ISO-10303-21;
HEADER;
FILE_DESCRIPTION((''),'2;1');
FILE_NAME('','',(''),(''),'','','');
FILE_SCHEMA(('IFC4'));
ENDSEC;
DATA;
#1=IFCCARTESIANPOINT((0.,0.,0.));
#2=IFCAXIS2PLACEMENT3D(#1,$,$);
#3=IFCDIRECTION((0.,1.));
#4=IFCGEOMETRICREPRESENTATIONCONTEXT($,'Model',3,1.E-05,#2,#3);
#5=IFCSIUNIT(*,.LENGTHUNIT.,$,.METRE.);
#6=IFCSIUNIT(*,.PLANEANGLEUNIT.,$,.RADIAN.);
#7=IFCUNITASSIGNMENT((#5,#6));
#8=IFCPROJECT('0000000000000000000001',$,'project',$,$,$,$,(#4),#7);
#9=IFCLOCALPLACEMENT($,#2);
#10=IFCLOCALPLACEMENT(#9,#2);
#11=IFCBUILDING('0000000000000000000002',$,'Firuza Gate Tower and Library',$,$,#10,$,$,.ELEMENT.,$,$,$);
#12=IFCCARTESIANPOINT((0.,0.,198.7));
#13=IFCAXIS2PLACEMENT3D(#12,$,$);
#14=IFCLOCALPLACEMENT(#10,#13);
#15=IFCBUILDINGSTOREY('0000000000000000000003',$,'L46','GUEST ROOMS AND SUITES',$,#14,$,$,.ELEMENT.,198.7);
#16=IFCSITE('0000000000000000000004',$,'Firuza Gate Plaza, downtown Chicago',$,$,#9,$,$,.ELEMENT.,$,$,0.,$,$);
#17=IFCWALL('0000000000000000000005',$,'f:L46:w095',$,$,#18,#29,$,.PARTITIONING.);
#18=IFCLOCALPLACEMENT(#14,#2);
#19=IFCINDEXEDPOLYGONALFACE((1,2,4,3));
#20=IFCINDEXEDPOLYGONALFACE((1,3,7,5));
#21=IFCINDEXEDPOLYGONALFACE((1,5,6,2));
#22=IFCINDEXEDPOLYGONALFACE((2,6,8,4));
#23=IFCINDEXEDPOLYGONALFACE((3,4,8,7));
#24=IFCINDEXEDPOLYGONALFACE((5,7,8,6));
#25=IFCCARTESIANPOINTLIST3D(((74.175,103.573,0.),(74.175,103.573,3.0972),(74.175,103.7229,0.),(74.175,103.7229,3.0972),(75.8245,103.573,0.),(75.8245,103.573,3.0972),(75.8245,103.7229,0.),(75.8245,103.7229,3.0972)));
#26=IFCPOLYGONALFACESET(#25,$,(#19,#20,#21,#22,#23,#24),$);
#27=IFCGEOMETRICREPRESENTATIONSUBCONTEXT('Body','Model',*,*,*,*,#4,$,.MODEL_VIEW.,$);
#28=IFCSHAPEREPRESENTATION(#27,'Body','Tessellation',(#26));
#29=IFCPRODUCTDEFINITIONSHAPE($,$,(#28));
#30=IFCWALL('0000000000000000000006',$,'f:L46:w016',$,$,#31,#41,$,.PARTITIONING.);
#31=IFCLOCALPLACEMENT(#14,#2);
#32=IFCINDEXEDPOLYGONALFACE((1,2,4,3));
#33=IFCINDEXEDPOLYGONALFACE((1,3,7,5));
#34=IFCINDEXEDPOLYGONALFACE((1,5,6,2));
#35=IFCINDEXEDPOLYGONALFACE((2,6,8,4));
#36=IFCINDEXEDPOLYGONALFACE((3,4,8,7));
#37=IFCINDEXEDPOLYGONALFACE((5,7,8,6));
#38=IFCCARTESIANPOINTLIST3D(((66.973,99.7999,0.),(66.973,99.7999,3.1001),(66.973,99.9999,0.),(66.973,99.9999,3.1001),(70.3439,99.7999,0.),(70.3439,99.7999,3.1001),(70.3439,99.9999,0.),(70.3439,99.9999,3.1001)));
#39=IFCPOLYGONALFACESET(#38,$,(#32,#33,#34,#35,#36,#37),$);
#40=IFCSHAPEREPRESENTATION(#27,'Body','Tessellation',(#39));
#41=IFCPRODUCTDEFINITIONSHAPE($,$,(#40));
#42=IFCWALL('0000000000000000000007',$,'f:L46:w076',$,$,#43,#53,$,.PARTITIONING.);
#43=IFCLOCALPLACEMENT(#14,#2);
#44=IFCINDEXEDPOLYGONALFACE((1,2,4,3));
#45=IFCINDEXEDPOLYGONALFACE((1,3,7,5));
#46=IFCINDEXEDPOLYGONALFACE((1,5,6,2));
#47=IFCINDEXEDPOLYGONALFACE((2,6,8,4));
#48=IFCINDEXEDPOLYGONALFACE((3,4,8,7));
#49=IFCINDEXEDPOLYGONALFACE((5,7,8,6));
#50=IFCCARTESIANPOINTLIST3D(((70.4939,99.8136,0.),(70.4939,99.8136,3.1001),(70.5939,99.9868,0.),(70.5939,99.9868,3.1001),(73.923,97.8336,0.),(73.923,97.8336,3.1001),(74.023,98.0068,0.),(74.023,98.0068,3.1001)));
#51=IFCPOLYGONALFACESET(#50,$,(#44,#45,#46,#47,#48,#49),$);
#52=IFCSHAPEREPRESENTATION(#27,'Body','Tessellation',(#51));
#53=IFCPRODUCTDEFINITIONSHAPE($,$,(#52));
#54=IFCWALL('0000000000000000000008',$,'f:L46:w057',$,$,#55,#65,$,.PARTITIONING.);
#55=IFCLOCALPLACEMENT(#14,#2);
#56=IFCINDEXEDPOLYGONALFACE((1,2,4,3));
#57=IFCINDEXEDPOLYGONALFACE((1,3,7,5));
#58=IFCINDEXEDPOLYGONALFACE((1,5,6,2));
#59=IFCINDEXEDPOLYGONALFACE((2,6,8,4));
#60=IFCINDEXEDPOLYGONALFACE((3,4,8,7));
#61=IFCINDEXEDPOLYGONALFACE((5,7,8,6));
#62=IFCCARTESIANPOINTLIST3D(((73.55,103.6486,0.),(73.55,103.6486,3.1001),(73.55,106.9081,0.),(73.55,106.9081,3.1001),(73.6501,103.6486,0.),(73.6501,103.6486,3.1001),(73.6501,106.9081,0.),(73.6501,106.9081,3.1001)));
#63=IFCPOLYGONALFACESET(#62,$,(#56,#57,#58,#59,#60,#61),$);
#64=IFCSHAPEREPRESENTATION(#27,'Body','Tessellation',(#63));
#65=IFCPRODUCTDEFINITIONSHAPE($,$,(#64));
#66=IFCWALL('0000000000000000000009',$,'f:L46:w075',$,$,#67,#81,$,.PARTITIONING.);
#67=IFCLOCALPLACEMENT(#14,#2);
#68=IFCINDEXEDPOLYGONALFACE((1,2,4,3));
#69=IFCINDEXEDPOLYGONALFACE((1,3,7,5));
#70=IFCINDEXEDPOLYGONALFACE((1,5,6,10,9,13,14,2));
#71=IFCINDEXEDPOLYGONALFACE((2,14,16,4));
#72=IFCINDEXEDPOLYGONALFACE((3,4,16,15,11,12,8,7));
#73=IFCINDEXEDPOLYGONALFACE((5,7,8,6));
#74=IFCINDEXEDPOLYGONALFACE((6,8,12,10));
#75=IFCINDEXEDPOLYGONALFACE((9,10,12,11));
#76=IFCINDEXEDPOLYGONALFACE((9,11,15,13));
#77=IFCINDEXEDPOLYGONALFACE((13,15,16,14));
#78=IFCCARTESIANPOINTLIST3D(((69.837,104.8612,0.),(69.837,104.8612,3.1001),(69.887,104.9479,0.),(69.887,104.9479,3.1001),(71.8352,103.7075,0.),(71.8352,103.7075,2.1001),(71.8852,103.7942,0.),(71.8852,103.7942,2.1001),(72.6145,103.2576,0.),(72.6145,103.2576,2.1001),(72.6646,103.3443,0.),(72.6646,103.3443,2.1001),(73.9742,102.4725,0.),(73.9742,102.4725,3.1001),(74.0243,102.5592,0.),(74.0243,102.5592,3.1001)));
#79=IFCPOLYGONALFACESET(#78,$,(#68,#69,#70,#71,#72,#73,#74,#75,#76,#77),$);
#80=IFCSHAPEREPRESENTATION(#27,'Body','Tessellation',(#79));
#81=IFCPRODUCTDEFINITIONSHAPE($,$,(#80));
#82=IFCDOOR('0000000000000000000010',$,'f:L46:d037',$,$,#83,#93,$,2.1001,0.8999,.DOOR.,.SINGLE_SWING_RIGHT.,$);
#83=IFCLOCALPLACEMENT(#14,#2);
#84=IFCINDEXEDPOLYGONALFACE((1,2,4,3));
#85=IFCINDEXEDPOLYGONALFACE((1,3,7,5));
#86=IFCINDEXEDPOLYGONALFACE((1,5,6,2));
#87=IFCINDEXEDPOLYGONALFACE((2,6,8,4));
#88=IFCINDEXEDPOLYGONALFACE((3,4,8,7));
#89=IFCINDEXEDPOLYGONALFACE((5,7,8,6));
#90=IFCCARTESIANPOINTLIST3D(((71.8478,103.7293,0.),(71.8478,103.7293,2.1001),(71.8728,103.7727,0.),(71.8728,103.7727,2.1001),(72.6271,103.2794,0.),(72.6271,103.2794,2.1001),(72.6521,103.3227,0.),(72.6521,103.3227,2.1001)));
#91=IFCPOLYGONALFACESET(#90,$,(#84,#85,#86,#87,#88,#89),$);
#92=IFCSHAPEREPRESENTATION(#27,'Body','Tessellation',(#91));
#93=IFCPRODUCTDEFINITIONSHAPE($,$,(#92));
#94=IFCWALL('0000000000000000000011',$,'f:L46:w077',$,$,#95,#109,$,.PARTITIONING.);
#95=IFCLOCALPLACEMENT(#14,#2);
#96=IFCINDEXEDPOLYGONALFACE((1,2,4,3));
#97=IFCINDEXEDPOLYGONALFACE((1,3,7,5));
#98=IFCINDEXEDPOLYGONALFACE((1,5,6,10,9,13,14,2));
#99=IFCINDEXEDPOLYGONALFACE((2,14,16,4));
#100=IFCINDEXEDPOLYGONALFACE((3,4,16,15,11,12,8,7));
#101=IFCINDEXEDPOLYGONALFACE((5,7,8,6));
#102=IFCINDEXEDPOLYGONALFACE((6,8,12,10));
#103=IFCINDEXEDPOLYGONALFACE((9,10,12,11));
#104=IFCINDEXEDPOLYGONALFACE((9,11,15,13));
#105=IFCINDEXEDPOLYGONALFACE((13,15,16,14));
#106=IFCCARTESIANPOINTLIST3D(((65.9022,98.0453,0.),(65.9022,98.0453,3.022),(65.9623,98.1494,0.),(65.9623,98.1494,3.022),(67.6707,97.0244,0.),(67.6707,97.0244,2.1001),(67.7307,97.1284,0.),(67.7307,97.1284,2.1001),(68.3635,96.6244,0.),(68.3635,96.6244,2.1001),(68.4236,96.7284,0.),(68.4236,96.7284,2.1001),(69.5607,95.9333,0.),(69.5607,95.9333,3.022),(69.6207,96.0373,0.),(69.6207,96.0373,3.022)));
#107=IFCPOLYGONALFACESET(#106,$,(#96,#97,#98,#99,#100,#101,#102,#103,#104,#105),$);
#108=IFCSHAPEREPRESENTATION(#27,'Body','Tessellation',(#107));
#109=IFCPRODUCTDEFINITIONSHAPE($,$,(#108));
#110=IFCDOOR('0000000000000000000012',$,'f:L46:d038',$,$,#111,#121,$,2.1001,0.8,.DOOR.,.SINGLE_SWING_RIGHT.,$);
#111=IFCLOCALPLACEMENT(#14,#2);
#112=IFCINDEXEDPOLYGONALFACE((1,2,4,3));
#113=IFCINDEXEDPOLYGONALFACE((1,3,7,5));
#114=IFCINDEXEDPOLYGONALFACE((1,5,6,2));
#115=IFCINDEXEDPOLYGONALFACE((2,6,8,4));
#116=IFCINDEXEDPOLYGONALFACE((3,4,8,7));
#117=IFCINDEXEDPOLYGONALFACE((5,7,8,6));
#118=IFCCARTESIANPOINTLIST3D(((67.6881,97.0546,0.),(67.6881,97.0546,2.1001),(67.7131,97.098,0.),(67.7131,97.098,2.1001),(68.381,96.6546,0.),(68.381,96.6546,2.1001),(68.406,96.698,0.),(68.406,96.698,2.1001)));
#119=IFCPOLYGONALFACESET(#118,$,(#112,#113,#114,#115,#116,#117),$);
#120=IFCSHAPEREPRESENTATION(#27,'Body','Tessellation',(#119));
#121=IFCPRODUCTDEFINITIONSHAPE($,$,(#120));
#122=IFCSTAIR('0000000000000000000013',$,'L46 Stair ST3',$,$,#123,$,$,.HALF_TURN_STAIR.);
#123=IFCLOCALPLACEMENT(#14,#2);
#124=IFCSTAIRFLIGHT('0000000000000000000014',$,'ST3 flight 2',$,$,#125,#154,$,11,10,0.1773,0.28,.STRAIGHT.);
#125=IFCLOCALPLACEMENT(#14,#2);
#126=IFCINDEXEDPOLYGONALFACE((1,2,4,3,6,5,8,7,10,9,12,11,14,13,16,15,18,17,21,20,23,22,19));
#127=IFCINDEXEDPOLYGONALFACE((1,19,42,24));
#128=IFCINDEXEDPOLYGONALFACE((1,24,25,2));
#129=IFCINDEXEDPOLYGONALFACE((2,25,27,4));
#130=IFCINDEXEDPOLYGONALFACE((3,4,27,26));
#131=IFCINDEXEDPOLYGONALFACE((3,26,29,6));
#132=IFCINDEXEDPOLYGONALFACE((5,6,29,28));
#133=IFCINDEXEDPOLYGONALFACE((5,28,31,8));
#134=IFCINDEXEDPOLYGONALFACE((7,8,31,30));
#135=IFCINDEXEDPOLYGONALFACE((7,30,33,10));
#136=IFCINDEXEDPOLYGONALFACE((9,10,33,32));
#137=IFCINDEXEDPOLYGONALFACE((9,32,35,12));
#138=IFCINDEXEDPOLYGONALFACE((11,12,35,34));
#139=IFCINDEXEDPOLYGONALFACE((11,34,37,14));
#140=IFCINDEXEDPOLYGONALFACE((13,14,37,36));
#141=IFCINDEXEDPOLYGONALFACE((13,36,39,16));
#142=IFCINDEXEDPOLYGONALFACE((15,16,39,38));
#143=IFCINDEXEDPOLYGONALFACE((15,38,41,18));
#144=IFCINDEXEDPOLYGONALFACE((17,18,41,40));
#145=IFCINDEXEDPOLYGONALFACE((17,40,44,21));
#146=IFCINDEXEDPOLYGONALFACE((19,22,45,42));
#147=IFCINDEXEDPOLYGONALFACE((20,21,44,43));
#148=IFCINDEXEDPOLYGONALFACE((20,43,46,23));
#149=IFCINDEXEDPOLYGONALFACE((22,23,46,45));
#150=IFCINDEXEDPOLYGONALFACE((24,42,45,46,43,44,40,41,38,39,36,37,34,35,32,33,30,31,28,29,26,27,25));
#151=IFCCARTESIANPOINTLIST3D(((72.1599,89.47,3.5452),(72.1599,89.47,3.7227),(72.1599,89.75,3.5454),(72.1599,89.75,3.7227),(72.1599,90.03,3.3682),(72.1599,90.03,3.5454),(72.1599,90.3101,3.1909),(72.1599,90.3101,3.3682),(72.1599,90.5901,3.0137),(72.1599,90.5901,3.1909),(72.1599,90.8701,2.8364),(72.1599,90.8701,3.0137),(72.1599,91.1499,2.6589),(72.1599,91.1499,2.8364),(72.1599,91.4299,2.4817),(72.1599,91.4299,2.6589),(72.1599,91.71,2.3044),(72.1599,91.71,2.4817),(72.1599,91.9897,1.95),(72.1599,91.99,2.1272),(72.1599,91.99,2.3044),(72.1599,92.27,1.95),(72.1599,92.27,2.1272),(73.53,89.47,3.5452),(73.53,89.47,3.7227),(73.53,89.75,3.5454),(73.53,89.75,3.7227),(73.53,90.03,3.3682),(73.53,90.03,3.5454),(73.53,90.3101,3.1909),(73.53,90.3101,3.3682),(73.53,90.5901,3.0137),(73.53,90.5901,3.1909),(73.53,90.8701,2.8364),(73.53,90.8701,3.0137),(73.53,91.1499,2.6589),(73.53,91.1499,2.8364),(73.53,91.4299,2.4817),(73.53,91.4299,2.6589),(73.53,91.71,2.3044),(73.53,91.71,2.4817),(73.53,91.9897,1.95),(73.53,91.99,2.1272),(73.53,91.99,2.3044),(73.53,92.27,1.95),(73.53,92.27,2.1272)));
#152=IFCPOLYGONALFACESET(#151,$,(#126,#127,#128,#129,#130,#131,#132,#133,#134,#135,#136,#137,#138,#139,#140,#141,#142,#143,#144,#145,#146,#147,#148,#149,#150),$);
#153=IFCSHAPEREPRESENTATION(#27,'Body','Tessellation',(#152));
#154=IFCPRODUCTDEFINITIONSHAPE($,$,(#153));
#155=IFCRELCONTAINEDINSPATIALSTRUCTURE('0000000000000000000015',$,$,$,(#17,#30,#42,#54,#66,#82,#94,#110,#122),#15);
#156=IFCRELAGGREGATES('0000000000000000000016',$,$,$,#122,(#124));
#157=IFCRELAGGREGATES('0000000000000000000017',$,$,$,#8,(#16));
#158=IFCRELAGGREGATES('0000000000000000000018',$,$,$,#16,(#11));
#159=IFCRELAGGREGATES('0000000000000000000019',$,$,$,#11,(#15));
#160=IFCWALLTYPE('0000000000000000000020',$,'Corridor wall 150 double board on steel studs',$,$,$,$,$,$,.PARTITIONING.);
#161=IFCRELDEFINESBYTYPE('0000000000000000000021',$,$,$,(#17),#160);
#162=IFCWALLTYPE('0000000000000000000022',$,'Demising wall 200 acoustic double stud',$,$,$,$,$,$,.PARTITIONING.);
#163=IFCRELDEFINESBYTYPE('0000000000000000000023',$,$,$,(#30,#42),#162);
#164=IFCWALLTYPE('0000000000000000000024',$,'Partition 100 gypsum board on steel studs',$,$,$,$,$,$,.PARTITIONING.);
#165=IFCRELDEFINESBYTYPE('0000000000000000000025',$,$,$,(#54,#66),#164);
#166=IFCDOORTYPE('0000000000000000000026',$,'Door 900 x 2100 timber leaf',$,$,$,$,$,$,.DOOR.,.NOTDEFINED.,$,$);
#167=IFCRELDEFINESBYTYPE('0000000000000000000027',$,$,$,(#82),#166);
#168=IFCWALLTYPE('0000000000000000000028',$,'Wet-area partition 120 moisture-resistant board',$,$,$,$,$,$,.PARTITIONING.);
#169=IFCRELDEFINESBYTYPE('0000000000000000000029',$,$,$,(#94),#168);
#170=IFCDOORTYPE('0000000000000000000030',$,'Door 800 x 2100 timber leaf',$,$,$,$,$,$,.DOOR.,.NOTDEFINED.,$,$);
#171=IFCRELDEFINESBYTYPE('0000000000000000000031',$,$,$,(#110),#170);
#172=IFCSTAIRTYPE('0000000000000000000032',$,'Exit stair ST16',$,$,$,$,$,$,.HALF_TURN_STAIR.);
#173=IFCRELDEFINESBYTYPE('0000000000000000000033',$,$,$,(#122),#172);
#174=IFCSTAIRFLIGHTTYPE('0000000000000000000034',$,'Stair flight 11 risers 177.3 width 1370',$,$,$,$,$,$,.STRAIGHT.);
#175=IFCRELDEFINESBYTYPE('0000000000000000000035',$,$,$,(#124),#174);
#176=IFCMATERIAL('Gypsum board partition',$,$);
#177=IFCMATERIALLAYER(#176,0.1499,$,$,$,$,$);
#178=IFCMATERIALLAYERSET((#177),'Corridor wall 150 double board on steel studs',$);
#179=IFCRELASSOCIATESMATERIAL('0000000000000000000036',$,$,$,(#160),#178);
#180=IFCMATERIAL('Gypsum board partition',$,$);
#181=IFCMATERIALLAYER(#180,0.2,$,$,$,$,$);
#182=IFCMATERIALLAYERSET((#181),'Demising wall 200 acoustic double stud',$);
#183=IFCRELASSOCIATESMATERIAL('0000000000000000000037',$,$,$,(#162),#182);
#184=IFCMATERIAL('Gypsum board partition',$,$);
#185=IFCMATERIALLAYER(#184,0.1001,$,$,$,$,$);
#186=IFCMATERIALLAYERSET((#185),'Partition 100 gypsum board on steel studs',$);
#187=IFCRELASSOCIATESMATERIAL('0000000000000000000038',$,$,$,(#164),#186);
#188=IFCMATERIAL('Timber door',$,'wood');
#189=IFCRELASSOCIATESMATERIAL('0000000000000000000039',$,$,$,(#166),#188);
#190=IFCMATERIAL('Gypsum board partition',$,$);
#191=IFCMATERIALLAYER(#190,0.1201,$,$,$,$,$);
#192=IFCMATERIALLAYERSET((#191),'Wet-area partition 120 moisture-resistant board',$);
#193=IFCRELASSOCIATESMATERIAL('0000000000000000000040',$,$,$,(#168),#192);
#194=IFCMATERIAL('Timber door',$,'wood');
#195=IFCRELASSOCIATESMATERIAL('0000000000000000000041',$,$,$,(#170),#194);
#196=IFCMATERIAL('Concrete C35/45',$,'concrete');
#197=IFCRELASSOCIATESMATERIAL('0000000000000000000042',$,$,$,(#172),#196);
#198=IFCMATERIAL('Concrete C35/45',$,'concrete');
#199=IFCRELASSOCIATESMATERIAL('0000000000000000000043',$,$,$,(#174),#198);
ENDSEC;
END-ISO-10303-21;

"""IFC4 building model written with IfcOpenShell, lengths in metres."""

from ifc_helpers import new_model, si_unit, direction, frame, frame_2d, origin, place, context, subcontext, project, spatial, polyline, rectangle, outline, extrude, material, layer, layer_set, type_object, element, fill, aggregate, save


model = new_model("IFC4")

# Units and contexts
model_context = context("Model", 3, precision=1e-05, world=origin(), true_north=direction((0.0, 1.0)))
body_context = subcontext(model_context, "Body", "Model", "MODEL_VIEW")
ifc_project = project(units=[si_unit("LENGTHUNIT", "METRE"), si_unit("PLANEANGLEUNIT", "RADIAN")], contexts=[model_context])

# Site, building, storey
site_placement = place(None, origin())
site = spatial("IfcSite", under=ifc_project, at=site_placement, Name="Firuza Gate Plaza, downtown Chicago", CompositionType="ELEMENT", RefElevation=0.0)
building_placement = place(site_placement, origin())
building = spatial("IfcBuilding", under=site, at=building_placement, Name="Firuza Gate Tower and Library", CompositionType="ELEMENT")
storey_placement = place(building_placement, frame((0.0, 0.0, 198.7)))
storey = spatial("IfcBuildingStorey", under=building, at=storey_placement, Name="L46", Description="GUEST ROOMS AND SUITES", CompositionType="ELEMENT", Elevation=198.7)

# Shared definitions
ifc_material_1 = material(Name="Gypsum board partition")
ifc_layer_1 = layer(ifc_material_1, 0.1499)
ifc_layer_set_1 = layer_set([ifc_layer_1], Name="Corridor wall 150 double board on steel studs")
wall_type_1 = type_object("IfcWallType", Name="Corridor wall 150 double board on steel studs", PredefinedType="PARTITIONING", material=ifc_layer_set_1)

# Walls
wall_1_placement = place(storey_placement, frame((74.175, 103.6479, 0.0), z_axis=(0.0, 0.0, 1.0), x_axis=(1.0, 0.0, 0.0)))
element("IfcWall", 1, at=wall_1_placement, inside=storey, type_object=wall_type_1, Name="f:L46:w095", PredefinedType="PARTITIONING", context=body_context, shape_type="SweptSolid", body=[
    extrude(rectangle(XDim=1.6494, YDim=0.1499, at=frame_2d((0.8247, 0.0))), origin(), (0.0, 0.0, 1.0), 3.0972),
])
ifc_material_2 = material(Name="Gypsum board partition")
ifc_layer_2 = layer(ifc_material_2, 0.2)
ifc_layer_set_2 = layer_set([ifc_layer_2], Name="Demising wall 200 acoustic double stud")
wall_type_2 = type_object("IfcWallType", Name="Demising wall 200 acoustic double stud", PredefinedType="PARTITIONING", material=ifc_layer_set_2)
wall_2_placement = place(storey_placement, frame((66.9729, 99.8999, 0.0), z_axis=(0.0, 0.0, 1.0), x_axis=(1.0, 0.0, 0.0)))
element("IfcWall", 2, at=wall_2_placement, inside=storey, type_object=wall_type_2, Name="f:L46:w016", PredefinedType="PARTITIONING", context=body_context, shape_type="SweptSolid", body=[
    extrude(rectangle(XDim=3.3708, YDim=0.2, at=frame_2d((1.6855, 0.0))), origin(), (0.0, 0.0, 1.0), 3.1001),
])
wall_3_placement = place(storey_placement, frame((73.9731, 97.9202, 0.0), z_axis=(0.0, 0.0, 1.0), x_axis=(-0.866011, 0.500025, 0.0)))
element("IfcWall", 3, at=wall_3_placement, inside=storey, type_object=wall_type_2, Name="f:L46:w076", PredefinedType="PARTITIONING", context=body_context, shape_type="SweptSolid", body=[
    extrude(rectangle(XDim=3.9597, YDim=0.2, at=frame_2d((1.98, 0.0))), origin(), (0.0, 0.0, 1.0), 3.1001),
])
ifc_material_3 = material(Name="Gypsum board partition")
ifc_layer_3 = layer(ifc_material_3, 0.1001)
ifc_layer_set_3 = layer_set([ifc_layer_3], Name="Partition 100 gypsum board on steel studs")
wall_type_3 = type_object("IfcWallType", Name="Partition 100 gypsum board on steel studs", PredefinedType="PARTITIONING", material=ifc_layer_set_3)
wall_4_placement = place(storey_placement, frame((73.6001, 103.6484, 0.0), z_axis=(0.0, 0.0, 1.0), x_axis=(0.0, 1.0, 0.0)))
element("IfcWall", 4, at=wall_4_placement, inside=storey, type_object=wall_type_3, Name="f:L46:w057", PredefinedType="PARTITIONING", context=body_context, shape_type="SweptSolid", body=[
    extrude(rectangle(XDim=3.2595, YDim=0.1001, at=frame_2d((1.6299, 0.0))), origin(), (0.0, 0.0, 1.0), 3.1001),
])

# Walls, openings, doors
wall_5_placement = place(storey_placement, frame((73.9993, 102.5159, 0.0), z_axis=(0.0, 0.0, 1.0), x_axis=(-0.86602, 0.500009, 0.0)))
wall_5 = element("IfcWall", 5, at=wall_5_placement, inside=storey, type_object=wall_type_3, Name="f:L46:w075", PredefinedType="PARTITIONING", context=body_context, shape_type="SweptSolid", body=[
    extrude(rectangle(XDim=4.7773, YDim=0.1001, at=frame_2d((2.3887, 0.0))), origin(), (0.0, 0.0, 1.0), 3.1001),
])
opening_1_placement = place(wall_5_placement, frame((1.5701, 0.0, 0.0)))
opening_1 = element("IfcOpeningElement", 6, at=opening_1_placement, cuts=wall_5, PredefinedType="OPENING", context=body_context, shape_type="SweptSolid", body=[
    extrude(rectangle(XDim=0.8999, YDim=2.1001, at=frame_2d((0.45, 1.05))), frame((0.0, 0.0601, 0.0), z_axis=(0.0, -1.0, 0.0), x_axis=(1.0, 0.0, 0.0)), (0.0, 0.0, 1.0), 0.1201),
])
ifc_material_4 = material(Name="Timber door", Category="wood")
door_type_1 = type_object("IfcDoorType", Name="Door 900 x 2100 timber leaf", OperationType="NOTDEFINED", PredefinedType="DOOR", material=ifc_material_4)
door_1_placement = place(opening_1_placement, origin())
door_1 = element("IfcDoor", 7, at=door_1_placement, inside=storey, type_object=door_type_1, Name="f:L46:d037", OperationType="SINGLE_SWING_RIGHT", OverallHeight=2.1001, OverallWidth=0.8999, PredefinedType="DOOR", context=body_context, shape_type="SweptSolid", body=[
    extrude(rectangle(XDim=0.8999, YDim=2.1001, at=frame_2d((0.45, 1.05))), frame((0.0, 0.0249, 0.0), z_axis=(0.0, -1.0, 0.0), x_axis=(1.0, 0.0, 0.0)), (0.0, 0.0, 1.0), 0.05),
])
fill(opening_1, door_1)
ifc_material_5 = material(Name="Gypsum board partition")
ifc_layer_4 = layer(ifc_material_5, 0.1201)
ifc_layer_set_4 = layer_set([ifc_layer_4], Name="Wet-area partition 120 moisture-resistant board")
wall_type_4 = type_object("IfcWallType", Name="Wet-area partition 120 moisture-resistant board", PredefinedType="PARTITIONING", material=ifc_layer_set_4)
wall_6_placement = place(storey_placement, frame((65.9321, 98.0974, 0.0), z_axis=(0.0, 0.0, 1.0), x_axis=(0.86604, -0.499974, 0.0)))
wall_6 = element("IfcWall", 8, at=wall_6_placement, inside=storey, type_object=wall_type_4, Name="f:L46:w077", PredefinedType="PARTITIONING", context=body_context, shape_type="SweptSolid", body=[
    extrude(rectangle(XDim=4.2244, YDim=0.1201, at=frame_2d((2.1123, 0.0))), origin(), (0.0, 0.0, 1.0), 3.022),
])
opening_2_placement = place(wall_6_placement, frame((2.0422, 0.0, 0.0)))
opening_2 = element("IfcOpeningElement", 9, at=opening_2_placement, cuts=wall_6, PredefinedType="OPENING", context=body_context, shape_type="SweptSolid", body=[
    extrude(rectangle(XDim=0.8, YDim=2.1001, at=frame_2d((0.3999, 1.05))), frame((0.0, 0.0701, 0.0), z_axis=(0.0, -1.0, 0.0), x_axis=(1.0, 0.0, 0.0)), (0.0, 0.0, 1.0), 0.1401),
])
ifc_material_6 = material(Name="Timber door", Category="wood")
door_type_2 = type_object("IfcDoorType", Name="Door 800 x 2100 timber leaf", OperationType="NOTDEFINED", PredefinedType="DOOR", material=ifc_material_6)
door_2_placement = place(opening_2_placement, origin())
door_2 = element("IfcDoor", 10, at=door_2_placement, inside=storey, type_object=door_type_2, Name="f:L46:d038", OperationType="SINGLE_SWING_RIGHT", OverallHeight=2.1001, OverallWidth=0.8, PredefinedType="DOOR", context=body_context, shape_type="SweptSolid", body=[
    extrude(rectangle(XDim=0.8, YDim=2.1001, at=frame_2d((0.3999, 1.05))), frame((0.0, 0.0249, 0.0), z_axis=(0.0, -1.0, 0.0), x_axis=(1.0, 0.0, 0.0)), (0.0, 0.0, 1.0), 0.05),
])
fill(opening_2, door_2)

# Stair, stair flight
ifc_material_7 = material(Name="Concrete C35/45", Category="concrete")
stair_type = type_object("IfcStairType", Name="Exit stair ST16", PredefinedType="HALF_TURN_STAIR", material=ifc_material_7)
stair_placement = place(storey_placement, origin())
stair = element("IfcStair", 11, at=stair_placement, inside=storey, type_object=stair_type, Name="L46 Stair ST3", PredefinedType="HALF_TURN_STAIR")
ifc_material_8 = material(Name="Concrete C35/45", Category="concrete")
stair_flight_type = type_object("IfcStairFlightType", Name="Stair flight 11 risers 177.3 width 1370", PredefinedType="STRAIGHT", material=ifc_material_8)
stair_flight_placement = place(storey_placement, frame((72.845, 92.27, 1.95), z_axis=(0.0, 0.0, 1.0), x_axis=(0.0, -1.0, 0.0)))
stair_flight = element("IfcStairFlight", 12, at=stair_flight_placement, type_object=stair_flight_type, Name="ST3 flight 2", NumberOfRisers=11, NumberOfTreads=10, PredefinedType="STRAIGHT", RiserHeight=0.1773, TreadLength=0.28, context=body_context, shape_type="SweptSolid", body=[
    extrude(outline(polyline([(0.0, 0.0), (0.0, 0.1772), (0.28, 0.1772), (0.28, 0.3545), (0.5601, 0.3545), (0.5601, 0.5317), (0.8401, 0.5317), (0.8401, 0.709), (1.1201, 0.709), (1.1201, 0.8865), (1.3999, 0.8865), (1.3999, 1.0637), (1.6799, 1.0637), (1.6799, 1.241), (1.96, 1.241), (1.96, 1.4182), (2.24, 1.4182), (2.24, 1.5955), (2.52, 1.5955), (2.52, 1.7727), (2.8, 1.7727), (2.8, 1.95), (2.8, 1.5952), (0.2803, 0.0), (0.0, 0.0)])), frame((0.0, 0.6851, 0.0), z_axis=(0.0, -1.0, 0.0), x_axis=(1.0, 0.0, 0.0)), (0.0, 0.0, 1.0), 1.3701),
])
aggregate(stair, [stair_flight])

save(model, "model.ifc")
